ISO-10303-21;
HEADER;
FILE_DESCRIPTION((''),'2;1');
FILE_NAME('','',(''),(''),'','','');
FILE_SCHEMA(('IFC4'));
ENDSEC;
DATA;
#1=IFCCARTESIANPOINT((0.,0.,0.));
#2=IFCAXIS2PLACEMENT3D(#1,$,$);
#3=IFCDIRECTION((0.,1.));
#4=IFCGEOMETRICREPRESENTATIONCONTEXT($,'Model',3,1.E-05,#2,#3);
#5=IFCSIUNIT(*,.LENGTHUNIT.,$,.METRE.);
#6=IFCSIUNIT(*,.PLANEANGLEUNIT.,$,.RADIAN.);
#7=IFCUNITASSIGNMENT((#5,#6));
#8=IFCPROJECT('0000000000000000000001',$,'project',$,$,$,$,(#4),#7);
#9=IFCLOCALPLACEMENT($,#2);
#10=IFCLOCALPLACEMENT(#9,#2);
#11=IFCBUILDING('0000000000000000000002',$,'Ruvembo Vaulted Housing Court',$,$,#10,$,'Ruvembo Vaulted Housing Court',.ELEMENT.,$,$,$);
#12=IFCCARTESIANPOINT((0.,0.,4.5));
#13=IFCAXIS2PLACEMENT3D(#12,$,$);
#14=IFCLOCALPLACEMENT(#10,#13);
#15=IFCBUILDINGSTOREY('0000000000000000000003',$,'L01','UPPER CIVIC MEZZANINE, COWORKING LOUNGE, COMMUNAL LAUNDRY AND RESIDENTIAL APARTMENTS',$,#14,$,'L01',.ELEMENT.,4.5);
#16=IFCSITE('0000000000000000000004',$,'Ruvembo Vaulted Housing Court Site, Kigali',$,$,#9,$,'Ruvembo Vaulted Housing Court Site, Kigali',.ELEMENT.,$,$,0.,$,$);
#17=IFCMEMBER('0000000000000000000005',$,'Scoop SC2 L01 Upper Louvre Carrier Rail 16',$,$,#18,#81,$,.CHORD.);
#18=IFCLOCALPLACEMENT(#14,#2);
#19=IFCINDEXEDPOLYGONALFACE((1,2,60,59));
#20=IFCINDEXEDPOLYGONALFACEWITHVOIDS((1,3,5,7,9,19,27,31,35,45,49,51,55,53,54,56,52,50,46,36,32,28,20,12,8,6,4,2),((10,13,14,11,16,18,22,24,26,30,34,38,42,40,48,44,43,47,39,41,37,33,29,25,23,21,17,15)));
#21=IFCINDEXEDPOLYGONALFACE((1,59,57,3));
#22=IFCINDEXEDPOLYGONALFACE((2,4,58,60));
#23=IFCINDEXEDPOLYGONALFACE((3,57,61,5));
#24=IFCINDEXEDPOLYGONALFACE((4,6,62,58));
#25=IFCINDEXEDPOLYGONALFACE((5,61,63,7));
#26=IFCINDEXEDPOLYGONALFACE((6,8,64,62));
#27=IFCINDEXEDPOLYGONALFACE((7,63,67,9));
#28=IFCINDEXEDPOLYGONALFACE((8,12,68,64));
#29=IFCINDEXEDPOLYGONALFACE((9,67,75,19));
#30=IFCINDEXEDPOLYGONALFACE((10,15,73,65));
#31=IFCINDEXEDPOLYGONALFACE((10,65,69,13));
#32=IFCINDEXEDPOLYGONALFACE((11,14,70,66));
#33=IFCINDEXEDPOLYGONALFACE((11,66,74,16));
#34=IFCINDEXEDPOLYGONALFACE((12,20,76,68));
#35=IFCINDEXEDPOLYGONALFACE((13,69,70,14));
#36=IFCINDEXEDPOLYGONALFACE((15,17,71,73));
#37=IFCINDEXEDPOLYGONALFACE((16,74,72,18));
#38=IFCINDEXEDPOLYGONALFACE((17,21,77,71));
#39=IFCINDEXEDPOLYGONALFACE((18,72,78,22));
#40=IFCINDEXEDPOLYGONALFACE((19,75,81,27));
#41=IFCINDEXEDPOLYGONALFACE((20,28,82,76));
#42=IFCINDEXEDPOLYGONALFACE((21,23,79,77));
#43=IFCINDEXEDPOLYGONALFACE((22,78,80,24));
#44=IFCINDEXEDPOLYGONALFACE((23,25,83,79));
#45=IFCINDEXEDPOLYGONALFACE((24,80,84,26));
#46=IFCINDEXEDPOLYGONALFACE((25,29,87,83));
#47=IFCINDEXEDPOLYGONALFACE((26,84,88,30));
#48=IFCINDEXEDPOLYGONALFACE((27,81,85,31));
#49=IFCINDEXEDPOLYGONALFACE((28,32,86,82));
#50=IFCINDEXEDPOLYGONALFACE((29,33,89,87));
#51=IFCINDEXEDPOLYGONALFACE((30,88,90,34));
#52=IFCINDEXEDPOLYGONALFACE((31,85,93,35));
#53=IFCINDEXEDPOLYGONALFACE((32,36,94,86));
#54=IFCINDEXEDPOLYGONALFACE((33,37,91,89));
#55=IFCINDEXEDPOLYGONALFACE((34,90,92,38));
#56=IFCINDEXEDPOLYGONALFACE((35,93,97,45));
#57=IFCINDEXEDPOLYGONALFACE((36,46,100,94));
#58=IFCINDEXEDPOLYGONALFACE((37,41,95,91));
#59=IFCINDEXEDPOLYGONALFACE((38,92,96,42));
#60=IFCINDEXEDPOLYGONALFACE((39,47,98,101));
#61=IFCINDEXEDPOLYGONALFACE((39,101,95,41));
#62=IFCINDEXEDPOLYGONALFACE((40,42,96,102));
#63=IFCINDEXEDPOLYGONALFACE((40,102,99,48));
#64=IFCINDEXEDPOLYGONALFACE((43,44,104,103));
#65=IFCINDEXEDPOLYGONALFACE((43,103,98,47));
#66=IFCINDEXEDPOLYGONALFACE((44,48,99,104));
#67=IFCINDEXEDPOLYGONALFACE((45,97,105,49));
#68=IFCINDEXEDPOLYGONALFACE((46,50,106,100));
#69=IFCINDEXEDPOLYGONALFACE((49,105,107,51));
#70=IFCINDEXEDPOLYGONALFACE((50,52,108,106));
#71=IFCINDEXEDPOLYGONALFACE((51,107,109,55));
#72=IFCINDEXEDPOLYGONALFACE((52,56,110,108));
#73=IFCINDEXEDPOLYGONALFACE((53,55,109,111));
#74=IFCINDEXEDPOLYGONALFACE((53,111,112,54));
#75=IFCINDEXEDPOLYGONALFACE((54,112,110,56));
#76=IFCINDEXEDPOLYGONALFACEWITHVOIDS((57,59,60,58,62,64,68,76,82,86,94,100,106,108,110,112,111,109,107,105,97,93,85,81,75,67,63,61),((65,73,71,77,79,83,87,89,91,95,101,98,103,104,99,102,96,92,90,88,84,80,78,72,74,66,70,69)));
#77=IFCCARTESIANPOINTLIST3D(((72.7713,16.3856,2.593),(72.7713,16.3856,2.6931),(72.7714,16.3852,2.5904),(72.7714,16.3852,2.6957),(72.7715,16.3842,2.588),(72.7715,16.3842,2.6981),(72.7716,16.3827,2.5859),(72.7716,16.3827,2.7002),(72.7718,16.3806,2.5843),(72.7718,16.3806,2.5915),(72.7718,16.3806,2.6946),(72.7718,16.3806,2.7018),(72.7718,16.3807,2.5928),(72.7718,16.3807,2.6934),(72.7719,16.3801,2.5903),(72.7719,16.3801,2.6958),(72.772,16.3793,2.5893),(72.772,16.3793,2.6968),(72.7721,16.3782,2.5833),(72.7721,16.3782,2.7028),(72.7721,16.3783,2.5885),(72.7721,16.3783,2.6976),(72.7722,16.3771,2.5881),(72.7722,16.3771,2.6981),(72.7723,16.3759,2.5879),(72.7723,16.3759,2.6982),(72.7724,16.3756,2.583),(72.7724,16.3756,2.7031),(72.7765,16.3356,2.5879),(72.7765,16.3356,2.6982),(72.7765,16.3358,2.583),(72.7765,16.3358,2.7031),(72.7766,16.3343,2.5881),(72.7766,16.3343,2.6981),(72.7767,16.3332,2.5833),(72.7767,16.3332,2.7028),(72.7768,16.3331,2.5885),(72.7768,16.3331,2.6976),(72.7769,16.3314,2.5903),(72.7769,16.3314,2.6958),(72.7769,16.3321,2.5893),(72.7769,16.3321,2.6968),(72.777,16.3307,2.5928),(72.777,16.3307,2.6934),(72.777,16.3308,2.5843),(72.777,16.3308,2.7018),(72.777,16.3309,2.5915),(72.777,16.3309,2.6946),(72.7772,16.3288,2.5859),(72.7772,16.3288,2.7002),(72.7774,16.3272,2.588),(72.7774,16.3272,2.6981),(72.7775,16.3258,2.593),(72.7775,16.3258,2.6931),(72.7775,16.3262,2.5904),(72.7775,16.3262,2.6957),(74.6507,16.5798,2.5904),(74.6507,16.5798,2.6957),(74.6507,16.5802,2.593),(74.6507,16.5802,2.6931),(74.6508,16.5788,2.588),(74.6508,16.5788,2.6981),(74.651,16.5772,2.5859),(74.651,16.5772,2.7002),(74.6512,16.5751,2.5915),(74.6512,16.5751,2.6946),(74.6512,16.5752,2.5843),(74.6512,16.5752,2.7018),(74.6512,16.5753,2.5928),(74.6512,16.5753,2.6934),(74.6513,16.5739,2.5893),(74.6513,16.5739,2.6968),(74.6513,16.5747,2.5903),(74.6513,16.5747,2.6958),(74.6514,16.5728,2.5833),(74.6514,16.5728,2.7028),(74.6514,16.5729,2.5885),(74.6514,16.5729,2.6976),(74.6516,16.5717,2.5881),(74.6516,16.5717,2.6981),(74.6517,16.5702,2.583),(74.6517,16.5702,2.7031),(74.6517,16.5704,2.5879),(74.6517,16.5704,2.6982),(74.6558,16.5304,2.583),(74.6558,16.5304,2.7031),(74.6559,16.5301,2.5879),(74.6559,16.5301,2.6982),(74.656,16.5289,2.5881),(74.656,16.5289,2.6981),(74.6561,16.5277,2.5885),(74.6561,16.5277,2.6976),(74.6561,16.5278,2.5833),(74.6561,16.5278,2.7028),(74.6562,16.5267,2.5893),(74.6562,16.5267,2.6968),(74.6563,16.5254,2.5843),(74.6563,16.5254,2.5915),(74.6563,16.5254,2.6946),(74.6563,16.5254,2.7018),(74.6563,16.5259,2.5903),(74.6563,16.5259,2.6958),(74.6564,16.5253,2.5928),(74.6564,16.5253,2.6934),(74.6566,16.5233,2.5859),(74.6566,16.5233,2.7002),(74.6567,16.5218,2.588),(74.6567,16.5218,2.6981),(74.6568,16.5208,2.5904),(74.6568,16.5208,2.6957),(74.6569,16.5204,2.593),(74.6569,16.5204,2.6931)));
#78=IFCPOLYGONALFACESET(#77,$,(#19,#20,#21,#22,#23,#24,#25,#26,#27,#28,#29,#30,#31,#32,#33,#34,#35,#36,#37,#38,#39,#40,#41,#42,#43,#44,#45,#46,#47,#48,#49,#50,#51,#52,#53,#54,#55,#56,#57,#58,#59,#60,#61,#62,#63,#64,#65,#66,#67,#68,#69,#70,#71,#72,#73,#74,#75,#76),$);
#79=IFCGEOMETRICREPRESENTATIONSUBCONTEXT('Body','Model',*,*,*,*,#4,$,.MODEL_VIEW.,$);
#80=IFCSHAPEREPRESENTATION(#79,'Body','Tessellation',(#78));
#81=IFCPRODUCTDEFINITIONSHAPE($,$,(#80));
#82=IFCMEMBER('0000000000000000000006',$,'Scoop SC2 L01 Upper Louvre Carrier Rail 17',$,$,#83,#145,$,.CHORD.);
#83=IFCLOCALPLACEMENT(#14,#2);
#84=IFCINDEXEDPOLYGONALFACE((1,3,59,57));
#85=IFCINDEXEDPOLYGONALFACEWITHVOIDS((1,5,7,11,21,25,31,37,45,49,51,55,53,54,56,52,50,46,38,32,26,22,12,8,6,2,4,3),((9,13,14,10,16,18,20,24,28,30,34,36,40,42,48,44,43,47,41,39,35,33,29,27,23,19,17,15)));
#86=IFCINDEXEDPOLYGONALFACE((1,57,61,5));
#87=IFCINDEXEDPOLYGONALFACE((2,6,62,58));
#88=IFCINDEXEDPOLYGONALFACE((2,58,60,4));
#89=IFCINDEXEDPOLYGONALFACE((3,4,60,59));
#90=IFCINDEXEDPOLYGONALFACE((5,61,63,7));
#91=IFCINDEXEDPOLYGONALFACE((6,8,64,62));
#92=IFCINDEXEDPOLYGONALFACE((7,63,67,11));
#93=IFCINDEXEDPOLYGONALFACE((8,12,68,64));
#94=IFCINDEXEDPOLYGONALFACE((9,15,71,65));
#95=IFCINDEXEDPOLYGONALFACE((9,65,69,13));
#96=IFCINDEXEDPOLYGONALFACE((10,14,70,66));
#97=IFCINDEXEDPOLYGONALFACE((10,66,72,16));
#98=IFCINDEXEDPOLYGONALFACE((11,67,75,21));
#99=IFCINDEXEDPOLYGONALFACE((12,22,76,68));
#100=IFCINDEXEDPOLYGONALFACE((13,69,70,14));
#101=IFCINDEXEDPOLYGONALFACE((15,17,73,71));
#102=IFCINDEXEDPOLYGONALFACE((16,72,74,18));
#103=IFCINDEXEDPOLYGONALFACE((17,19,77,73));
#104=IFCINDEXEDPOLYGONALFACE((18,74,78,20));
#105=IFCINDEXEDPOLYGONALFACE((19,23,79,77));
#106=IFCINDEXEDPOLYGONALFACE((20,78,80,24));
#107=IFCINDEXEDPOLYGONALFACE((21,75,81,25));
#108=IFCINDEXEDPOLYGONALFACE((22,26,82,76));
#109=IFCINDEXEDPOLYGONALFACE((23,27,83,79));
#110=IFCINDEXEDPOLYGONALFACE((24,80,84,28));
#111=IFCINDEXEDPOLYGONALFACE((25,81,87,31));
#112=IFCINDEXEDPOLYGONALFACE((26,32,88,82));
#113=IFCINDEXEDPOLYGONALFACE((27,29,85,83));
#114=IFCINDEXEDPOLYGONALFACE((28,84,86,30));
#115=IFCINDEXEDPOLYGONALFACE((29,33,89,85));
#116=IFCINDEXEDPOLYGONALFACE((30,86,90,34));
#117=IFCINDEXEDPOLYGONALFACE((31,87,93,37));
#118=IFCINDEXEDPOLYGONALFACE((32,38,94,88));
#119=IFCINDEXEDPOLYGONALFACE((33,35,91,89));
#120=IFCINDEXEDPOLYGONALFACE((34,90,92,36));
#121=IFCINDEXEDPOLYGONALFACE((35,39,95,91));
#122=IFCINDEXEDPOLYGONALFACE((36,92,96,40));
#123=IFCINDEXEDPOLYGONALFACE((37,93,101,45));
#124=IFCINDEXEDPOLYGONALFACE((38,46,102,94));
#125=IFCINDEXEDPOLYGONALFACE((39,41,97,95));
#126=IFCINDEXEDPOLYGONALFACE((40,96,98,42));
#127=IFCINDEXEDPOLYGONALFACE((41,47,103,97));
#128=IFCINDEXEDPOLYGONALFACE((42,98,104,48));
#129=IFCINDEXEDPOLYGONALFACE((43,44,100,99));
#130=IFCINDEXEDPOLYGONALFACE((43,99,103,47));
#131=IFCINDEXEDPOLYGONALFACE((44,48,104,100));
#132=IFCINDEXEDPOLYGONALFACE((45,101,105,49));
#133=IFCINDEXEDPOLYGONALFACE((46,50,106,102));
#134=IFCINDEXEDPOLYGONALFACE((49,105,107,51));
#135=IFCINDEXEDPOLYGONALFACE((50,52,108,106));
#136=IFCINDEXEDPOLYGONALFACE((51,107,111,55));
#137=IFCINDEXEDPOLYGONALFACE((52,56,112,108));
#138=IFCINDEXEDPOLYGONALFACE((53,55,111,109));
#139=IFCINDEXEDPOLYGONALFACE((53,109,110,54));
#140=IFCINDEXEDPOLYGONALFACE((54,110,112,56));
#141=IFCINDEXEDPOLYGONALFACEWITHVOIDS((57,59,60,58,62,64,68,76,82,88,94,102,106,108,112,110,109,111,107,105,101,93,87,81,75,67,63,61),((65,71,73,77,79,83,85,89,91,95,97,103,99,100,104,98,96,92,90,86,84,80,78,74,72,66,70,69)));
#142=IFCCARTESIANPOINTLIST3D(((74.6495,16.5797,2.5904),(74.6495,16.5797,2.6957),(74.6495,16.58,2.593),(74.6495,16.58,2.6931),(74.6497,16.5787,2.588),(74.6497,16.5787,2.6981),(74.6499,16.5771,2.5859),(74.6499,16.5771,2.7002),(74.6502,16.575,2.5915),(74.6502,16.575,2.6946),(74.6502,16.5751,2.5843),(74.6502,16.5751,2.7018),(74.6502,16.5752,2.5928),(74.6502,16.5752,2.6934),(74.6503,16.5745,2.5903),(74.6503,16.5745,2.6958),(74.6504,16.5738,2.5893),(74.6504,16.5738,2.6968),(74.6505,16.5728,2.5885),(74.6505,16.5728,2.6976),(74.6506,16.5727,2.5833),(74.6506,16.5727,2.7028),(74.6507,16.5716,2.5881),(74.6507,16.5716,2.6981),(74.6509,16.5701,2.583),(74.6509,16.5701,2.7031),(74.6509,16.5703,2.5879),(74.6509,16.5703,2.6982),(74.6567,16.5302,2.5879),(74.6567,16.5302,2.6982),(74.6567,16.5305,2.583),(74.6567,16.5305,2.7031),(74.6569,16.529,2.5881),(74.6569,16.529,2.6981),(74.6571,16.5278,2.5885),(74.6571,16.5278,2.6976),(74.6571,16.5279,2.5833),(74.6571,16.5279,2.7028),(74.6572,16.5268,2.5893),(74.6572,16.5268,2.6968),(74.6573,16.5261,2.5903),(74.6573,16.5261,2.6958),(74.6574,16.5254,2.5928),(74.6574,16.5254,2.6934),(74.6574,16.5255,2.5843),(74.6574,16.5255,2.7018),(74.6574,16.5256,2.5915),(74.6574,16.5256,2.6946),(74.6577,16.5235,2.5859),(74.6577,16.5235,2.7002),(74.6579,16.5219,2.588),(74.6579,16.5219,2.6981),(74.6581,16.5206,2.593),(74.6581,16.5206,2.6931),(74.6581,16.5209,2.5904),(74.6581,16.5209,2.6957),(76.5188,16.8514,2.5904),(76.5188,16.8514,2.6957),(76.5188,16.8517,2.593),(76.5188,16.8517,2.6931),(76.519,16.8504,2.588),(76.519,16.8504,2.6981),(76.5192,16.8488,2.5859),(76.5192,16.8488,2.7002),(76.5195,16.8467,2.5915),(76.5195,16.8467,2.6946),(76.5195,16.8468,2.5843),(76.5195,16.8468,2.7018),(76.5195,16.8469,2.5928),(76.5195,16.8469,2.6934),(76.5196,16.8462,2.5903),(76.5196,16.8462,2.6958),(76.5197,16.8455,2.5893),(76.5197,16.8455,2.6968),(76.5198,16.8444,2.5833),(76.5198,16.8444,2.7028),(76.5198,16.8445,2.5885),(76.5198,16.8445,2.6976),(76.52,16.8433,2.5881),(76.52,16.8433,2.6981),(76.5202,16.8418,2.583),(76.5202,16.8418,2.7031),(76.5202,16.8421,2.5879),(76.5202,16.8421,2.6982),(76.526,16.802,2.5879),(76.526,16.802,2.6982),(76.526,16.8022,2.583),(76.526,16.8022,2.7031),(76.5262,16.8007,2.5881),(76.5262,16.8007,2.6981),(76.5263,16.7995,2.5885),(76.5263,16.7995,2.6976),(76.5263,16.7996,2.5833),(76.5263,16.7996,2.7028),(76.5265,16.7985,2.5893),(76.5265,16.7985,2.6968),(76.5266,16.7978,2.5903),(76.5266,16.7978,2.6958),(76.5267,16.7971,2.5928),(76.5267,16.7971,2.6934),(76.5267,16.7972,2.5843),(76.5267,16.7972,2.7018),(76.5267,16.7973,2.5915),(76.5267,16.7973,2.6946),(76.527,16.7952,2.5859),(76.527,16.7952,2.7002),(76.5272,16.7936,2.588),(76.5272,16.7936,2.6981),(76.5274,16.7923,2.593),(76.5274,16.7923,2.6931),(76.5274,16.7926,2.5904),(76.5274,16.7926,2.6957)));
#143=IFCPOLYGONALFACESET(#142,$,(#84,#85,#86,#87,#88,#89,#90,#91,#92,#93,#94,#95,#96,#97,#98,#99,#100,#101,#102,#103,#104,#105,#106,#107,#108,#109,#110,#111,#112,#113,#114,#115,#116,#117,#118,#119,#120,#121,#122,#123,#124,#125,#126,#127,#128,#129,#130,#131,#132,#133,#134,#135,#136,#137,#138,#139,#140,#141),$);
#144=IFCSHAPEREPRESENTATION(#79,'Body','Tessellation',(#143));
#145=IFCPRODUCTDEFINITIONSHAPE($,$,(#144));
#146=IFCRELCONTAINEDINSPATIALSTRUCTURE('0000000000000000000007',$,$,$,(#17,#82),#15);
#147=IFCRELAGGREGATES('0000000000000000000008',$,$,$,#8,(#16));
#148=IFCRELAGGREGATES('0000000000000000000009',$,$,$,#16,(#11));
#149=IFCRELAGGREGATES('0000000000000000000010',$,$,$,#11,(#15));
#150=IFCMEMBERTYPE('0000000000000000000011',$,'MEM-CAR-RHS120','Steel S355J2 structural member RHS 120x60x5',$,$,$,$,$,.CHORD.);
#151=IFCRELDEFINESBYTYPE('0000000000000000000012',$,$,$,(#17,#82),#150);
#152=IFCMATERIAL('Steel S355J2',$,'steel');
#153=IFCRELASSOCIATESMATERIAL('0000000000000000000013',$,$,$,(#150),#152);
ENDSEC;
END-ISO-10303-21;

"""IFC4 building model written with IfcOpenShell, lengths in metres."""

from ifc_helpers import new_model, si_unit, direction, frame, origin, origin_2d, place, context, subcontext, project, spatial, hollow_rectangle, extrude, material, material_profile, profile_set, type_object, element, save


model = new_model("IFC4")

# Units and contexts
model_context = context("Model", 3, precision=1e-05, world=origin(), true_north=direction((0.0, 1.0)))
body_context = subcontext(model_context, "Body", "Model", "MODEL_VIEW")
ifc_project = project(units=[si_unit("LENGTHUNIT", "METRE"), si_unit("PLANEANGLEUNIT", "RADIAN")], contexts=[model_context])

# Site, building, storey
site_placement = place(None, origin())
site = spatial("IfcSite", under=ifc_project, at=site_placement, Name="Ruvembo Vaulted Housing Court Site, Kigali", LongName="Ruvembo Vaulted Housing Court Site, Kigali", CompositionType="ELEMENT", RefElevation=0.0)
building_placement = place(site_placement, origin())
building = spatial("IfcBuilding", under=site, at=building_placement, Name="Ruvembo Vaulted Housing Court", LongName="Ruvembo Vaulted Housing Court", CompositionType="ELEMENT")
storey_placement = place(building_placement, frame((0.0, 0.0, 4.5)))
storey = spatial("IfcBuildingStorey", under=building, at=storey_placement, Name="L01", Description="UPPER CIVIC MEZZANINE, COWORKING LOUNGE, COMMUNAL LAUNDRY AND RESIDENTIAL APARTMENTS", LongName="L01", CompositionType="ELEMENT", Elevation=4.5)

# Shared definitions
ifc_material_1 = material(Name="Steel S355J2", Category="steel")

# Members
ifc_material_profile_1 = material_profile(ifc_material_1, hollow_rectangle(XDim=0.0601, YDim=0.1201, WallThickness=0.0049, InnerFilletRadius=0.0049, OuterFilletRadius=0.01, at=origin_2d()), Name="RHS 120x60x5")
ifc_profile_set_1 = profile_set([ifc_material_profile_1], Name="Steel S355J2")
member_type_1 = type_object("IfcMemberType", Name="MEM-CAR-RHS120", Description="Steel S355J2 structural member RHS 120x60x5", PredefinedType="CHORD", material=ifc_profile_set_1)
member_1_placement = place(storey_placement, frame((72.7744, 16.3557, 2.6431), z_axis=(0.994683, 0.102983, 0.0), x_axis=(-0.102983, 0.994683, 0.0)))
element("IfcMember", 1, at=member_1_placement, inside=storey, type_object=member_type_1, Name="Scoop SC2 L01 Upper Louvre Carrier Rail 16", PredefinedType="CHORD", context=body_context, shape_type="SweptSolid", body=[
    extrude(hollow_rectangle(XDim=0.0601, YDim=0.1201, WallThickness=0.0049, InnerFilletRadius=0.0049, OuterFilletRadius=0.01, at=origin_2d()), origin(), (0.0, 0.0, 1.0), 1.8894),
])
member_2_placement = place(storey_placement, frame((74.6538, 16.5503, 2.6431), z_axis=(0.9896, 0.143845, 0.0), x_axis=(-0.143845, 0.9896, 0.0)))
element("IfcMember", 2, at=member_2_placement, inside=storey, type_object=member_type_1, Name="Scoop SC2 L01 Upper Louvre Carrier Rail 17", PredefinedType="CHORD", context=body_context, shape_type="SweptSolid", body=[
    extrude(hollow_rectangle(XDim=0.0601, YDim=0.1201, WallThickness=0.0049, InnerFilletRadius=0.0049, OuterFilletRadius=0.01, at=origin_2d()), origin(), (0.0, 0.0, 1.0), 1.8889),
])

save(model, "model.ifc")
